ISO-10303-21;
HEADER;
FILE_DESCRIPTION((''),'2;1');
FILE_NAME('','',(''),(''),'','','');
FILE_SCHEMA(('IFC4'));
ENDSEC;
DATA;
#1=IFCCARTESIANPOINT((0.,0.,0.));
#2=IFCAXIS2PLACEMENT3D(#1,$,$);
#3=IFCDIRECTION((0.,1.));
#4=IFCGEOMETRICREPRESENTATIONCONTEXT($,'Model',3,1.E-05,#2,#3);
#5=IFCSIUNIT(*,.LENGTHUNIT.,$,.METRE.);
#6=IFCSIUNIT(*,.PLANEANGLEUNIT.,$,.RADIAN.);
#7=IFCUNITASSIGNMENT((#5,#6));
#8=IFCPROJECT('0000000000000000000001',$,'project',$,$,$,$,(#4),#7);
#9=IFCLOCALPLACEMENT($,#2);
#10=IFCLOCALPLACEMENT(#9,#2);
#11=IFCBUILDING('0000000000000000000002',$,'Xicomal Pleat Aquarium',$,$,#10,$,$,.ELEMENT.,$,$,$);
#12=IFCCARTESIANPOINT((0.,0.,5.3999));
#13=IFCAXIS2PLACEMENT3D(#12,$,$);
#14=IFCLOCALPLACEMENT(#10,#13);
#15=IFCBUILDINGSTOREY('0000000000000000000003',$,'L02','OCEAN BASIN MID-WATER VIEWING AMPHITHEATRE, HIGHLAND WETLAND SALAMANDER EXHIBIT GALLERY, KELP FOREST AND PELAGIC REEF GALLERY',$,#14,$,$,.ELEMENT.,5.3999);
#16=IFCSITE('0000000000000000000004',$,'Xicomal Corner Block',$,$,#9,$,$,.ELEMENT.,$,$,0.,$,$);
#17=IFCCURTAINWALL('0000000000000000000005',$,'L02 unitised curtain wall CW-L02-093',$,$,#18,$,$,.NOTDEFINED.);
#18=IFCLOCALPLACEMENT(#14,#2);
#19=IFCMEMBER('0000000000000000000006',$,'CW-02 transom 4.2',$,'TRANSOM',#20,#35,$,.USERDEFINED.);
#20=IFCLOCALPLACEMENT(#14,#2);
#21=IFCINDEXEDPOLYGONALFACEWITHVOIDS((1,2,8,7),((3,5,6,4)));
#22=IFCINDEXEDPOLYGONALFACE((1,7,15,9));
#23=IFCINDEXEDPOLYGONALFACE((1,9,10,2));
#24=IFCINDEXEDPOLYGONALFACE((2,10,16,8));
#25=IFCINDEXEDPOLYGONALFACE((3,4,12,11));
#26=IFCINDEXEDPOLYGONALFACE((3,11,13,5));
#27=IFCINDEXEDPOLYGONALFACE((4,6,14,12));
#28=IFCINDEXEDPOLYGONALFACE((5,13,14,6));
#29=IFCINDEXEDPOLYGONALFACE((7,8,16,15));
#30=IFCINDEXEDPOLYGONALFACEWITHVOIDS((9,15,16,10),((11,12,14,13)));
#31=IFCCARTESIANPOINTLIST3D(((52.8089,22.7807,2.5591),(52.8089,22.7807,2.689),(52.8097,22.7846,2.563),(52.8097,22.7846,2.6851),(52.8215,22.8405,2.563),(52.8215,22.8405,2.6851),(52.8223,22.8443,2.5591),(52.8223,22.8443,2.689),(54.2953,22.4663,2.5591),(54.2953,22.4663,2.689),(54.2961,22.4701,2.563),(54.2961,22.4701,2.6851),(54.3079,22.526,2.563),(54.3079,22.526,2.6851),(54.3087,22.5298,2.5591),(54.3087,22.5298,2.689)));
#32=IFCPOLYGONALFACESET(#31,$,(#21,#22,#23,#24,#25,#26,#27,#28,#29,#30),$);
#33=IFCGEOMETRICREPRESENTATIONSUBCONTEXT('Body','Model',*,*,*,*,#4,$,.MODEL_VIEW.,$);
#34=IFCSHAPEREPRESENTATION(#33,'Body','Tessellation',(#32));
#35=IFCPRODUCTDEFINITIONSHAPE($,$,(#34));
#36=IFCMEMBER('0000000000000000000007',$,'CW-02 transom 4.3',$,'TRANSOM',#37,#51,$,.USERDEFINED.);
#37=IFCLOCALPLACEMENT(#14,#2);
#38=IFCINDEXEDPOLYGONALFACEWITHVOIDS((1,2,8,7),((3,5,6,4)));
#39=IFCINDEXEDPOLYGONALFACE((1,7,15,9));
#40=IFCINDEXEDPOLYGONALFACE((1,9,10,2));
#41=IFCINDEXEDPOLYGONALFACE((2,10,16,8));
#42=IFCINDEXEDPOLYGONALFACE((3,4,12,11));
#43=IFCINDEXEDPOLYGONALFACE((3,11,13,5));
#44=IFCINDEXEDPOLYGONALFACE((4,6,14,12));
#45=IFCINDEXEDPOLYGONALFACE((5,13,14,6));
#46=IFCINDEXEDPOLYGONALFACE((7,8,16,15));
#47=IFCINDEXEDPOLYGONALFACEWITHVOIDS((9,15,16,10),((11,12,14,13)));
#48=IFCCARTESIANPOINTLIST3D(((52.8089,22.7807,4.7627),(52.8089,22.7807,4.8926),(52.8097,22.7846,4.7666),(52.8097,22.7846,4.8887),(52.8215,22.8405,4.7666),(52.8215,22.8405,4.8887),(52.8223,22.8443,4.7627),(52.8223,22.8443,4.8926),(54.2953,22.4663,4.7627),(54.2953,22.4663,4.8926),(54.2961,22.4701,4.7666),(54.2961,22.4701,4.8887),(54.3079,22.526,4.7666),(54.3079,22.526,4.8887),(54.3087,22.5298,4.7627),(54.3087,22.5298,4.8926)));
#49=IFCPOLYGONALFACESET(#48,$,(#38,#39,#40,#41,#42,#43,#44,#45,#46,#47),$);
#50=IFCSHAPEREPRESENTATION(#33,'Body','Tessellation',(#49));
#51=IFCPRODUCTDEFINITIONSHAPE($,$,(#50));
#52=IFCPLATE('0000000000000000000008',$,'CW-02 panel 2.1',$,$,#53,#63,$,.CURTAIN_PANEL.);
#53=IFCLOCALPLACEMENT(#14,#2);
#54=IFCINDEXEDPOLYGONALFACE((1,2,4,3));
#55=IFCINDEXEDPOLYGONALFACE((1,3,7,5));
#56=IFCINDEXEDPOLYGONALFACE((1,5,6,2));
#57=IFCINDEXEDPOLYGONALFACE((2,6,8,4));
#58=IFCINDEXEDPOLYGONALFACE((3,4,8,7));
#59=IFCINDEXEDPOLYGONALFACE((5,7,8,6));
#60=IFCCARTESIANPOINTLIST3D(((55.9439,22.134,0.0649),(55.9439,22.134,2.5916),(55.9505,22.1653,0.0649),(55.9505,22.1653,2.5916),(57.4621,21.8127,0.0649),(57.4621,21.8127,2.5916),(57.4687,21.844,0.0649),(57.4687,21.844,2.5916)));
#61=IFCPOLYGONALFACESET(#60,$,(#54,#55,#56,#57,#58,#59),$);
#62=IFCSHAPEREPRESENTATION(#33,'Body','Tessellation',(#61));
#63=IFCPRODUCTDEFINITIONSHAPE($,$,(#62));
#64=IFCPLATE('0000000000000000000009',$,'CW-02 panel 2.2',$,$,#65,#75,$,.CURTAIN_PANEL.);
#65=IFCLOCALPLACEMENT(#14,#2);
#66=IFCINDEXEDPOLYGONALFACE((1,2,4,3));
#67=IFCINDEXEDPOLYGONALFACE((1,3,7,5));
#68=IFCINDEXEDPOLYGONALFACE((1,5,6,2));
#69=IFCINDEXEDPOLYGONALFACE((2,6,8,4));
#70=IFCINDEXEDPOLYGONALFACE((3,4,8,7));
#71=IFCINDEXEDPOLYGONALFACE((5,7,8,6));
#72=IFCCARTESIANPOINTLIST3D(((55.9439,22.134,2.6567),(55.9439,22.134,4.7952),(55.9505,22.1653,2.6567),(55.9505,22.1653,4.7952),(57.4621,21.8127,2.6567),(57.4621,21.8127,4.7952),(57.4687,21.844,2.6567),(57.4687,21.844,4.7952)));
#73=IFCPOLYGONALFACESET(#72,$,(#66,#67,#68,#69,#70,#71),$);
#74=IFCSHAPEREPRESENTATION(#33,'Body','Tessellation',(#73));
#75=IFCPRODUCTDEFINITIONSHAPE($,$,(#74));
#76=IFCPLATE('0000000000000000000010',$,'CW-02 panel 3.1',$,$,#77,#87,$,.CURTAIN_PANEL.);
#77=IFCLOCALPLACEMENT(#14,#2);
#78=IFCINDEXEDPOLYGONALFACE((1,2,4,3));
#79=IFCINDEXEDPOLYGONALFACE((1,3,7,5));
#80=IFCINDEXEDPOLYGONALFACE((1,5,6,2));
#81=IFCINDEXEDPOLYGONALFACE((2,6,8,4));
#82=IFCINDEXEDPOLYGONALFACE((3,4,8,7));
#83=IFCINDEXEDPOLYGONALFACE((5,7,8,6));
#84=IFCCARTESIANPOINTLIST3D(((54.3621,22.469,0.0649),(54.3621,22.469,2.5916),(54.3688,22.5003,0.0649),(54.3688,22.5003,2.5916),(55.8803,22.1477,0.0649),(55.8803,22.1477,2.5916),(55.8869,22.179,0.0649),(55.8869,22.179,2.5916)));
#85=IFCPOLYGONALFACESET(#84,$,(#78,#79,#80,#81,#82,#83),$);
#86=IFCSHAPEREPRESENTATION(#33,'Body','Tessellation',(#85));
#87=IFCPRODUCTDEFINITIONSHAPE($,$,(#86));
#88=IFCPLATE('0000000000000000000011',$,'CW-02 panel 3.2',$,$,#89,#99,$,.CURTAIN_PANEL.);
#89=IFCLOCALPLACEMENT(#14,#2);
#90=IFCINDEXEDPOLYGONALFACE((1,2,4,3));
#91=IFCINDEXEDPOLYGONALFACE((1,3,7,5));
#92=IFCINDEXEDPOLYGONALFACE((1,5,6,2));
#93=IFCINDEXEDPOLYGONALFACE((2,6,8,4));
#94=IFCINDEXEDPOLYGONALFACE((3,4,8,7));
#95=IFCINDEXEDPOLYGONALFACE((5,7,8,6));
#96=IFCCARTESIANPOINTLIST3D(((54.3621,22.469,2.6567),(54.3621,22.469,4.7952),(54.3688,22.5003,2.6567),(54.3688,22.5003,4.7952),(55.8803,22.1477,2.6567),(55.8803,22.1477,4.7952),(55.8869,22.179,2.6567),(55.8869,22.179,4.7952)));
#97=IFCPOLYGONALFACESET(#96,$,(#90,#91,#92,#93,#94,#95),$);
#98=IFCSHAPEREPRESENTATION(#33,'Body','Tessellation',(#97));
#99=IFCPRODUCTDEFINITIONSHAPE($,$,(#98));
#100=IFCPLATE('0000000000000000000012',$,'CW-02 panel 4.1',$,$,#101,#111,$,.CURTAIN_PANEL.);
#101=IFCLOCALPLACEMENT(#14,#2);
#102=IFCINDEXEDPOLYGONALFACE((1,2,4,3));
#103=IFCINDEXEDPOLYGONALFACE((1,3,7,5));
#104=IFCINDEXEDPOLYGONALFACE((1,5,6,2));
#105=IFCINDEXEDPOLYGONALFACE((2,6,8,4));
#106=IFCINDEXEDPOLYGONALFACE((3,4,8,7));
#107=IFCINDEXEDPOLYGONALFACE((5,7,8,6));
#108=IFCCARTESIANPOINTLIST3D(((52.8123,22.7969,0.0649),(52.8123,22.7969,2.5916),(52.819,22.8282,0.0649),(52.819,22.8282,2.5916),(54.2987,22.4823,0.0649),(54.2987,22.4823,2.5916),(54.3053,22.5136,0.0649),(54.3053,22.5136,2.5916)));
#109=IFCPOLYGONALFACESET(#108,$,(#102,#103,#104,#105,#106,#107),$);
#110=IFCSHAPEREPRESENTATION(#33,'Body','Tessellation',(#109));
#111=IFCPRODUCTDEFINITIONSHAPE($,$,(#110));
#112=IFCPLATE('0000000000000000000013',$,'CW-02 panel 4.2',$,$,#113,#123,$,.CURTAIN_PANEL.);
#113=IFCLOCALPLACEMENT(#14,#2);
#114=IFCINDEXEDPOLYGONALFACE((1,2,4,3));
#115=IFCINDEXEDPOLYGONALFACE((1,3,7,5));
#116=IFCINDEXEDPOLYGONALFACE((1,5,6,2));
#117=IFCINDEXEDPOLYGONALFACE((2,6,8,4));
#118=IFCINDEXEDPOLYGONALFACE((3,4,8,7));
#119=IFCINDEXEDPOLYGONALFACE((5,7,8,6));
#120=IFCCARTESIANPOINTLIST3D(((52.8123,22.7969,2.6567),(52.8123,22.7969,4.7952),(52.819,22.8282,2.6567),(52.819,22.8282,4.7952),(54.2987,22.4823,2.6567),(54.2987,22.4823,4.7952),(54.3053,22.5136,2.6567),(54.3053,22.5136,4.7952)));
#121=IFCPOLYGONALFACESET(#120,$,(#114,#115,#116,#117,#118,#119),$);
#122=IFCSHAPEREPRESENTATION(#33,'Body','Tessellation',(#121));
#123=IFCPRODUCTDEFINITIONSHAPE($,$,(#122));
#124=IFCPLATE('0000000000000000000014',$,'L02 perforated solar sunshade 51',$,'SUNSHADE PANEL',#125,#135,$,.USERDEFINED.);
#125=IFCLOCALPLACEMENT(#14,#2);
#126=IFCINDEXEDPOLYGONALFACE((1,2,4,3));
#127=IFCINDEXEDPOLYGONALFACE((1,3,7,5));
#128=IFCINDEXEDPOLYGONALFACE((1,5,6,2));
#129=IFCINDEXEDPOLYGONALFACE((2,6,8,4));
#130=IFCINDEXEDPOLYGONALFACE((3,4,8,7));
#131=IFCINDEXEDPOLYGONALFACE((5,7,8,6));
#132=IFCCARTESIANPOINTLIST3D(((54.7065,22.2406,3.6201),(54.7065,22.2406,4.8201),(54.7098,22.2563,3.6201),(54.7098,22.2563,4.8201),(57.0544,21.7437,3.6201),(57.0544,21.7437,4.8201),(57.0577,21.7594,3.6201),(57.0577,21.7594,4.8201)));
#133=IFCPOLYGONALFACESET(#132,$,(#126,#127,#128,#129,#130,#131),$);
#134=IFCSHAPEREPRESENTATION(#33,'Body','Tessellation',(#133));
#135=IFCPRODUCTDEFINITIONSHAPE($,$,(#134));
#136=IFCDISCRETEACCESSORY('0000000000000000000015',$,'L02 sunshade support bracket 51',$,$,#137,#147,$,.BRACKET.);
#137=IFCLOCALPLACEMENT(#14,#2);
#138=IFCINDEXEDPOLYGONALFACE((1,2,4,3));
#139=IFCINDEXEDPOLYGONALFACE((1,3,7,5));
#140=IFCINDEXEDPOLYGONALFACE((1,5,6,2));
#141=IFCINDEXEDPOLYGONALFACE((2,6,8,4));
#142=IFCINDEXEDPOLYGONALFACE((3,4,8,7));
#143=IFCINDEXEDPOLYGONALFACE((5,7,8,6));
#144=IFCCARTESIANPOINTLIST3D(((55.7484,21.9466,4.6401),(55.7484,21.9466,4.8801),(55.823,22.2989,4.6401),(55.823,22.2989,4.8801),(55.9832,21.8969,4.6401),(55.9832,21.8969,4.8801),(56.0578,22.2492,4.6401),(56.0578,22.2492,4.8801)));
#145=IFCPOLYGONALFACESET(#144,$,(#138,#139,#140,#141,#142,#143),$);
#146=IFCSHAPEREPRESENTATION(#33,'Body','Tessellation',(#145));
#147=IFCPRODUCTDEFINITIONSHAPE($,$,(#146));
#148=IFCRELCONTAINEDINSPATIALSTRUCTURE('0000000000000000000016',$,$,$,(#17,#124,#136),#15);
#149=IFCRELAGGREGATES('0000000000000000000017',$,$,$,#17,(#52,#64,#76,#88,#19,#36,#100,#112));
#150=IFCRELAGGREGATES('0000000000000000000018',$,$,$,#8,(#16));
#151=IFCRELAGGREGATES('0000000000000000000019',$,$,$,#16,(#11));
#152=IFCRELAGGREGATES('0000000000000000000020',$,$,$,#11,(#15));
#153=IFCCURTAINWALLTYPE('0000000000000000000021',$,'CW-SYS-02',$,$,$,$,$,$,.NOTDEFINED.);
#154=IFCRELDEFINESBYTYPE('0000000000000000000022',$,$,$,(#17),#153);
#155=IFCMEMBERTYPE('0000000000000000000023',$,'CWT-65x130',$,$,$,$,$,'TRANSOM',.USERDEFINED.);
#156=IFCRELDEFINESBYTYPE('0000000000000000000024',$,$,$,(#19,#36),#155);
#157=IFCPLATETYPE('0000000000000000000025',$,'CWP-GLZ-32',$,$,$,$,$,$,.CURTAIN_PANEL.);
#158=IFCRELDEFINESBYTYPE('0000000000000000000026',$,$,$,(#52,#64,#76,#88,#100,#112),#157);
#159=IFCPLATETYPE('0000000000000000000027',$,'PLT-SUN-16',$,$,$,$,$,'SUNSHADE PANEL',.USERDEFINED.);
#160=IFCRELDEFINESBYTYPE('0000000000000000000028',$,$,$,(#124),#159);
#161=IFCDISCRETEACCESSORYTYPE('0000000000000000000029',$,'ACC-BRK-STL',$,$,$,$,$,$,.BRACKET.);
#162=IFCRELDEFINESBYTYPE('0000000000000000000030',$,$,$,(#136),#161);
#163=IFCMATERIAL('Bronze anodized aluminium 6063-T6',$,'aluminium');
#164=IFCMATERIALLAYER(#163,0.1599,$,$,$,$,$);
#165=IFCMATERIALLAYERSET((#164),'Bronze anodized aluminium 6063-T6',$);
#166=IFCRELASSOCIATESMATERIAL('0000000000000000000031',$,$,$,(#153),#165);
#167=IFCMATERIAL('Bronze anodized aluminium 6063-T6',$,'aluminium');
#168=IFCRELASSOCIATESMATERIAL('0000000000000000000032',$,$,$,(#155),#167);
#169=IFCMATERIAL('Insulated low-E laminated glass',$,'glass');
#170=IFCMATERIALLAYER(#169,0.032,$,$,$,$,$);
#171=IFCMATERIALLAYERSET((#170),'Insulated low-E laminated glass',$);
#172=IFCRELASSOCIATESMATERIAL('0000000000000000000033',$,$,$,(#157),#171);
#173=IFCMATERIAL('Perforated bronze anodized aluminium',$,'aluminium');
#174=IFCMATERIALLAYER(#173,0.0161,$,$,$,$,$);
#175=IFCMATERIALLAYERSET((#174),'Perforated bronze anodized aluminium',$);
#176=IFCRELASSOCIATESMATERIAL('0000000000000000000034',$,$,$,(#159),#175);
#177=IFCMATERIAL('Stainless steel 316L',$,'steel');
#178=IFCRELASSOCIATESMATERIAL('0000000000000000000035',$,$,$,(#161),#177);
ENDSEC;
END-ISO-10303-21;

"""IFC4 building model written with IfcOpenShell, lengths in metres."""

from ifc_helpers import new_model, si_unit, direction, frame, origin, origin_2d, place, context, subcontext, project, spatial, rectangle, hollow_rectangle, extrude, material, layer, layer_set, material_profile, profile_set, type_object, element, aggregate, save


model = new_model("IFC4")

# Units and contexts
model_context = context("Model", 3, precision=1e-05, world=origin(), true_north=direction((0.0, 1.0)))
body_context = subcontext(model_context, "Body", "Model", "MODEL_VIEW")
ifc_project = project(units=[si_unit("LENGTHUNIT", "METRE"), si_unit("PLANEANGLEUNIT", "RADIAN")], contexts=[model_context])

# Site, building, storey
site_placement = place(None, origin())
site = spatial("IfcSite", under=ifc_project, at=site_placement, Name="Xicomal Corner Block", CompositionType="ELEMENT", RefElevation=0.0)
building_placement = place(site_placement, origin())
building = spatial("IfcBuilding", under=site, at=building_placement, Name="Xicomal Pleat Aquarium", CompositionType="ELEMENT")
storey_placement = place(building_placement, frame((0.0, 0.0, 5.3999)))
storey = spatial("IfcBuildingStorey", under=building, at=storey_placement, Name="L02", Description="OCEAN BASIN MID-WATER VIEWING AMPHITHEATRE, HIGHLAND WETLAND SALAMANDER EXHIBIT GALLERY, KELP FOREST AND PELAGIC REEF GALLERY", CompositionType="ELEMENT", Elevation=5.3999)

# Curtain wall, members, plates
ifc_material_1 = material(Name="Bronze anodized aluminium 6063-T6", Category="aluminium")
ifc_layer_1 = layer(ifc_material_1, 0.1599)
ifc_layer_set_1 = layer_set([ifc_layer_1], Name="Bronze anodized aluminium 6063-T6")
curtain_wall_type = type_object("IfcCurtainWallType", Name="CW-SYS-02", PredefinedType="NOTDEFINED", material=ifc_layer_set_1)
curtain_wall_placement = place(storey_placement, origin())
curtain_wall = element("IfcCurtainWall", 1, at=curtain_wall_placement, inside=storey, type_object=curtain_wall_type, Name="L02 unitised curtain wall CW-L02-093", PredefinedType="NOTDEFINED")
ifc_material_2 = material(Name="Bronze anodized aluminium 6063-T6", Category="aluminium")
ifc_material_profile_1 = material_profile(ifc_material_2, hollow_rectangle(XDim=0.0649, YDim=0.1299, WallThickness=0.0039, at=origin_2d()), Name="ALU TRAN 65x130")
ifc_profile_set_1 = profile_set([ifc_material_profile_1], Name="Bronze anodized aluminium 6063-T6")
member_type_1 = type_object("IfcMemberType", Name="CWT-65x130", ElementType="TRANSOM", PredefinedType="USERDEFINED", material=ifc_profile_set_1)
member_1_placement = place(storey_placement, frame((54.302, 22.498, 2.624), z_axis=(-0.978345, 0.206982, 0.0), x_axis=(-0.206982, -0.978345, 0.0)))
member_1 = element("IfcMember", 2, at=member_1_placement, type_object=member_type_1, Name="CW-02 transom 4.2", ObjectType="TRANSOM", PredefinedType="USERDEFINED", context=body_context, shape_type="SweptSolid", body=[
    extrude(hollow_rectangle(XDim=0.0649, YDim=0.1299, WallThickness=0.0039, at=origin_2d()), origin(), (0.0, 0.0, 1.0), 1.5193),
])
member_2_placement = place(storey_placement, frame((54.302, 22.498, 4.8276), z_axis=(-0.978345, 0.206982, 0.0), x_axis=(-0.206982, -0.978345, 0.0)))
member_2 = element("IfcMember", 3, at=member_2_placement, type_object=member_type_1, Name="CW-02 transom 4.3", ObjectType="TRANSOM", PredefinedType="USERDEFINED", context=body_context, shape_type="SweptSolid", body=[
    extrude(hollow_rectangle(XDim=0.0649, YDim=0.1299, WallThickness=0.0039, at=origin_2d()), origin(), (0.0, 0.0, 1.0), 1.5193),
])
ifc_material_3 = material(Name="Insulated low-E laminated glass", Category="glass")
ifc_layer_2 = layer(ifc_material_3, 0.032)
ifc_layer_set_2 = layer_set([ifc_layer_2], Name="Insulated low-E laminated glass")
plate_type_1 = type_object("IfcPlateType", Name="CWP-GLZ-32", PredefinedType="CURTAIN_PANEL", material=ifc_layer_set_2)
plate_1_placement = place(storey_placement, frame((56.7063, 21.989, 0.0649), z_axis=(0.0, 0.0, 1.0), x_axis=(-0.978331, 0.207047, 0.0)))
plate_1 = element("IfcPlate", 4, at=plate_1_placement, type_object=plate_type_1, Name="CW-02 panel 2.1", PredefinedType="CURTAIN_PANEL", context=body_context, shape_type="SweptSolid", body=[
    extrude(rectangle(XDim=1.5518, YDim=0.032, at=origin_2d()), origin(), (0.0, 0.0, 1.0), 2.5266),
])
plate_2_placement = place(storey_placement, frame((56.7063, 21.989, 2.6567), z_axis=(0.0, 0.0, 1.0), x_axis=(-0.978331, 0.207047, 0.0)))
plate_2 = element("IfcPlate", 5, at=plate_2_placement, type_object=plate_type_1, Name="CW-02 panel 2.2", PredefinedType="CURTAIN_PANEL", context=body_context, shape_type="SweptSolid", body=[
    extrude(rectangle(XDim=1.5518, YDim=0.032, at=origin_2d()), origin(), (0.0, 0.0, 1.0), 2.1384),
])
plate_3_placement = place(storey_placement, frame((55.1245, 22.324, 0.0649), z_axis=(0.0, 0.0, 1.0), x_axis=(-0.978331, 0.207047, 0.0)))
plate_3 = element("IfcPlate", 6, at=plate_3_placement, type_object=plate_type_1, Name="CW-02 panel 3.1", PredefinedType="CURTAIN_PANEL", context=body_context, shape_type="SweptSolid", body=[
    extrude(rectangle(XDim=1.5518, YDim=0.032, at=origin_2d()), origin(), (0.0, 0.0, 1.0), 2.5266),
])
plate_4_placement = place(storey_placement, frame((55.1245, 22.324, 2.6567), z_axis=(0.0, 0.0, 1.0), x_axis=(-0.978331, 0.207047, 0.0)))
plate_4 = element("IfcPlate", 7, at=plate_4_placement, type_object=plate_type_1, Name="CW-02 panel 3.2", PredefinedType="CURTAIN_PANEL", context=body_context, shape_type="SweptSolid", body=[
    extrude(rectangle(XDim=1.5518, YDim=0.032, at=origin_2d()), origin(), (0.0, 0.0, 1.0), 2.1384),
])
plate_5_placement = place(storey_placement, frame((53.5588, 22.6553, 0.0649), z_axis=(0.0, 0.0, 1.0), x_axis=(-0.978331, 0.207047, 0.0)))
plate_5 = element("IfcPlate", 8, at=plate_5_placement, type_object=plate_type_1, Name="CW-02 panel 4.1", PredefinedType="CURTAIN_PANEL", context=body_context, shape_type="SweptSolid", body=[
    extrude(rectangle(XDim=1.5193, YDim=0.032, at=origin_2d()), origin(), (0.0, 0.0, 1.0), 2.5266),
])
plate_6_placement = place(storey_placement, frame((53.5588, 22.6553, 2.6567), z_axis=(0.0, 0.0, 1.0), x_axis=(-0.978331, 0.207047, 0.0)))
plate_6 = element("IfcPlate", 9, at=plate_6_placement, type_object=plate_type_1, Name="CW-02 panel 4.2", PredefinedType="CURTAIN_PANEL", context=body_context, shape_type="SweptSolid", body=[
    extrude(rectangle(XDim=1.5193, YDim=0.032, at=origin_2d()), origin(), (0.0, 0.0, 1.0), 2.1384),
])
aggregate(curtain_wall, [plate_1, plate_2, plate_3, plate_4, member_1, member_2, plate_5, plate_6])

# Plate
ifc_material_4 = material(Name="Perforated bronze anodized aluminium", Category="aluminium")
ifc_layer_3 = layer(ifc_material_4, 0.0161)
ifc_layer_set_3 = layer_set([ifc_layer_3], Name="Perforated bronze anodized aluminium")
plate_type_2 = type_object("IfcPlateType", Name="PLT-SUN-16", ElementType="SUNSHADE PANEL", PredefinedType="USERDEFINED", material=ifc_layer_set_3)
plate_7_placement = place(storey_placement, frame((55.8821, 22.0, 3.6201), z_axis=(0.0, 0.0, 1.0), x_axis=(-0.978329, 0.207058, 0.0)))
element("IfcPlate", 10, at=plate_7_placement, inside=storey, type_object=plate_type_2, Name="L02 perforated solar sunshade 51", ObjectType="SUNSHADE PANEL", PredefinedType="USERDEFINED", context=body_context, shape_type="SweptSolid", body=[
    extrude(rectangle(XDim=2.3999, YDim=0.0161, at=origin_2d()), origin(), (0.0, 0.0, 1.0), 1.2),
])

# Discrete accessory
ifc_material_5 = material(Name="Stainless steel 316L", Category="steel")
discrete_accessory_type = type_object("IfcDiscreteAccessoryType", Name="ACC-BRK-STL", PredefinedType="BRACKET", material=ifc_material_5)
discrete_accessory_placement = place(storey_placement, frame((55.9031, 22.0979, 4.6401), z_axis=(0.0, 0.0, 1.0), x_axis=(-0.978329, 0.207058, 0.0)))
element("IfcDiscreteAccessory", 11, at=discrete_accessory_placement, inside=storey, type_object=discrete_accessory_type, Name="L02 sunshade support bracket 51", PredefinedType="BRACKET", context=body_context, shape_type="SweptSolid", body=[
    extrude(rectangle(XDim=0.24, YDim=0.3601, at=origin_2d()), origin(), (0.0, 0.0, 1.0), 0.24),
])

save(model, "model.ifc")
